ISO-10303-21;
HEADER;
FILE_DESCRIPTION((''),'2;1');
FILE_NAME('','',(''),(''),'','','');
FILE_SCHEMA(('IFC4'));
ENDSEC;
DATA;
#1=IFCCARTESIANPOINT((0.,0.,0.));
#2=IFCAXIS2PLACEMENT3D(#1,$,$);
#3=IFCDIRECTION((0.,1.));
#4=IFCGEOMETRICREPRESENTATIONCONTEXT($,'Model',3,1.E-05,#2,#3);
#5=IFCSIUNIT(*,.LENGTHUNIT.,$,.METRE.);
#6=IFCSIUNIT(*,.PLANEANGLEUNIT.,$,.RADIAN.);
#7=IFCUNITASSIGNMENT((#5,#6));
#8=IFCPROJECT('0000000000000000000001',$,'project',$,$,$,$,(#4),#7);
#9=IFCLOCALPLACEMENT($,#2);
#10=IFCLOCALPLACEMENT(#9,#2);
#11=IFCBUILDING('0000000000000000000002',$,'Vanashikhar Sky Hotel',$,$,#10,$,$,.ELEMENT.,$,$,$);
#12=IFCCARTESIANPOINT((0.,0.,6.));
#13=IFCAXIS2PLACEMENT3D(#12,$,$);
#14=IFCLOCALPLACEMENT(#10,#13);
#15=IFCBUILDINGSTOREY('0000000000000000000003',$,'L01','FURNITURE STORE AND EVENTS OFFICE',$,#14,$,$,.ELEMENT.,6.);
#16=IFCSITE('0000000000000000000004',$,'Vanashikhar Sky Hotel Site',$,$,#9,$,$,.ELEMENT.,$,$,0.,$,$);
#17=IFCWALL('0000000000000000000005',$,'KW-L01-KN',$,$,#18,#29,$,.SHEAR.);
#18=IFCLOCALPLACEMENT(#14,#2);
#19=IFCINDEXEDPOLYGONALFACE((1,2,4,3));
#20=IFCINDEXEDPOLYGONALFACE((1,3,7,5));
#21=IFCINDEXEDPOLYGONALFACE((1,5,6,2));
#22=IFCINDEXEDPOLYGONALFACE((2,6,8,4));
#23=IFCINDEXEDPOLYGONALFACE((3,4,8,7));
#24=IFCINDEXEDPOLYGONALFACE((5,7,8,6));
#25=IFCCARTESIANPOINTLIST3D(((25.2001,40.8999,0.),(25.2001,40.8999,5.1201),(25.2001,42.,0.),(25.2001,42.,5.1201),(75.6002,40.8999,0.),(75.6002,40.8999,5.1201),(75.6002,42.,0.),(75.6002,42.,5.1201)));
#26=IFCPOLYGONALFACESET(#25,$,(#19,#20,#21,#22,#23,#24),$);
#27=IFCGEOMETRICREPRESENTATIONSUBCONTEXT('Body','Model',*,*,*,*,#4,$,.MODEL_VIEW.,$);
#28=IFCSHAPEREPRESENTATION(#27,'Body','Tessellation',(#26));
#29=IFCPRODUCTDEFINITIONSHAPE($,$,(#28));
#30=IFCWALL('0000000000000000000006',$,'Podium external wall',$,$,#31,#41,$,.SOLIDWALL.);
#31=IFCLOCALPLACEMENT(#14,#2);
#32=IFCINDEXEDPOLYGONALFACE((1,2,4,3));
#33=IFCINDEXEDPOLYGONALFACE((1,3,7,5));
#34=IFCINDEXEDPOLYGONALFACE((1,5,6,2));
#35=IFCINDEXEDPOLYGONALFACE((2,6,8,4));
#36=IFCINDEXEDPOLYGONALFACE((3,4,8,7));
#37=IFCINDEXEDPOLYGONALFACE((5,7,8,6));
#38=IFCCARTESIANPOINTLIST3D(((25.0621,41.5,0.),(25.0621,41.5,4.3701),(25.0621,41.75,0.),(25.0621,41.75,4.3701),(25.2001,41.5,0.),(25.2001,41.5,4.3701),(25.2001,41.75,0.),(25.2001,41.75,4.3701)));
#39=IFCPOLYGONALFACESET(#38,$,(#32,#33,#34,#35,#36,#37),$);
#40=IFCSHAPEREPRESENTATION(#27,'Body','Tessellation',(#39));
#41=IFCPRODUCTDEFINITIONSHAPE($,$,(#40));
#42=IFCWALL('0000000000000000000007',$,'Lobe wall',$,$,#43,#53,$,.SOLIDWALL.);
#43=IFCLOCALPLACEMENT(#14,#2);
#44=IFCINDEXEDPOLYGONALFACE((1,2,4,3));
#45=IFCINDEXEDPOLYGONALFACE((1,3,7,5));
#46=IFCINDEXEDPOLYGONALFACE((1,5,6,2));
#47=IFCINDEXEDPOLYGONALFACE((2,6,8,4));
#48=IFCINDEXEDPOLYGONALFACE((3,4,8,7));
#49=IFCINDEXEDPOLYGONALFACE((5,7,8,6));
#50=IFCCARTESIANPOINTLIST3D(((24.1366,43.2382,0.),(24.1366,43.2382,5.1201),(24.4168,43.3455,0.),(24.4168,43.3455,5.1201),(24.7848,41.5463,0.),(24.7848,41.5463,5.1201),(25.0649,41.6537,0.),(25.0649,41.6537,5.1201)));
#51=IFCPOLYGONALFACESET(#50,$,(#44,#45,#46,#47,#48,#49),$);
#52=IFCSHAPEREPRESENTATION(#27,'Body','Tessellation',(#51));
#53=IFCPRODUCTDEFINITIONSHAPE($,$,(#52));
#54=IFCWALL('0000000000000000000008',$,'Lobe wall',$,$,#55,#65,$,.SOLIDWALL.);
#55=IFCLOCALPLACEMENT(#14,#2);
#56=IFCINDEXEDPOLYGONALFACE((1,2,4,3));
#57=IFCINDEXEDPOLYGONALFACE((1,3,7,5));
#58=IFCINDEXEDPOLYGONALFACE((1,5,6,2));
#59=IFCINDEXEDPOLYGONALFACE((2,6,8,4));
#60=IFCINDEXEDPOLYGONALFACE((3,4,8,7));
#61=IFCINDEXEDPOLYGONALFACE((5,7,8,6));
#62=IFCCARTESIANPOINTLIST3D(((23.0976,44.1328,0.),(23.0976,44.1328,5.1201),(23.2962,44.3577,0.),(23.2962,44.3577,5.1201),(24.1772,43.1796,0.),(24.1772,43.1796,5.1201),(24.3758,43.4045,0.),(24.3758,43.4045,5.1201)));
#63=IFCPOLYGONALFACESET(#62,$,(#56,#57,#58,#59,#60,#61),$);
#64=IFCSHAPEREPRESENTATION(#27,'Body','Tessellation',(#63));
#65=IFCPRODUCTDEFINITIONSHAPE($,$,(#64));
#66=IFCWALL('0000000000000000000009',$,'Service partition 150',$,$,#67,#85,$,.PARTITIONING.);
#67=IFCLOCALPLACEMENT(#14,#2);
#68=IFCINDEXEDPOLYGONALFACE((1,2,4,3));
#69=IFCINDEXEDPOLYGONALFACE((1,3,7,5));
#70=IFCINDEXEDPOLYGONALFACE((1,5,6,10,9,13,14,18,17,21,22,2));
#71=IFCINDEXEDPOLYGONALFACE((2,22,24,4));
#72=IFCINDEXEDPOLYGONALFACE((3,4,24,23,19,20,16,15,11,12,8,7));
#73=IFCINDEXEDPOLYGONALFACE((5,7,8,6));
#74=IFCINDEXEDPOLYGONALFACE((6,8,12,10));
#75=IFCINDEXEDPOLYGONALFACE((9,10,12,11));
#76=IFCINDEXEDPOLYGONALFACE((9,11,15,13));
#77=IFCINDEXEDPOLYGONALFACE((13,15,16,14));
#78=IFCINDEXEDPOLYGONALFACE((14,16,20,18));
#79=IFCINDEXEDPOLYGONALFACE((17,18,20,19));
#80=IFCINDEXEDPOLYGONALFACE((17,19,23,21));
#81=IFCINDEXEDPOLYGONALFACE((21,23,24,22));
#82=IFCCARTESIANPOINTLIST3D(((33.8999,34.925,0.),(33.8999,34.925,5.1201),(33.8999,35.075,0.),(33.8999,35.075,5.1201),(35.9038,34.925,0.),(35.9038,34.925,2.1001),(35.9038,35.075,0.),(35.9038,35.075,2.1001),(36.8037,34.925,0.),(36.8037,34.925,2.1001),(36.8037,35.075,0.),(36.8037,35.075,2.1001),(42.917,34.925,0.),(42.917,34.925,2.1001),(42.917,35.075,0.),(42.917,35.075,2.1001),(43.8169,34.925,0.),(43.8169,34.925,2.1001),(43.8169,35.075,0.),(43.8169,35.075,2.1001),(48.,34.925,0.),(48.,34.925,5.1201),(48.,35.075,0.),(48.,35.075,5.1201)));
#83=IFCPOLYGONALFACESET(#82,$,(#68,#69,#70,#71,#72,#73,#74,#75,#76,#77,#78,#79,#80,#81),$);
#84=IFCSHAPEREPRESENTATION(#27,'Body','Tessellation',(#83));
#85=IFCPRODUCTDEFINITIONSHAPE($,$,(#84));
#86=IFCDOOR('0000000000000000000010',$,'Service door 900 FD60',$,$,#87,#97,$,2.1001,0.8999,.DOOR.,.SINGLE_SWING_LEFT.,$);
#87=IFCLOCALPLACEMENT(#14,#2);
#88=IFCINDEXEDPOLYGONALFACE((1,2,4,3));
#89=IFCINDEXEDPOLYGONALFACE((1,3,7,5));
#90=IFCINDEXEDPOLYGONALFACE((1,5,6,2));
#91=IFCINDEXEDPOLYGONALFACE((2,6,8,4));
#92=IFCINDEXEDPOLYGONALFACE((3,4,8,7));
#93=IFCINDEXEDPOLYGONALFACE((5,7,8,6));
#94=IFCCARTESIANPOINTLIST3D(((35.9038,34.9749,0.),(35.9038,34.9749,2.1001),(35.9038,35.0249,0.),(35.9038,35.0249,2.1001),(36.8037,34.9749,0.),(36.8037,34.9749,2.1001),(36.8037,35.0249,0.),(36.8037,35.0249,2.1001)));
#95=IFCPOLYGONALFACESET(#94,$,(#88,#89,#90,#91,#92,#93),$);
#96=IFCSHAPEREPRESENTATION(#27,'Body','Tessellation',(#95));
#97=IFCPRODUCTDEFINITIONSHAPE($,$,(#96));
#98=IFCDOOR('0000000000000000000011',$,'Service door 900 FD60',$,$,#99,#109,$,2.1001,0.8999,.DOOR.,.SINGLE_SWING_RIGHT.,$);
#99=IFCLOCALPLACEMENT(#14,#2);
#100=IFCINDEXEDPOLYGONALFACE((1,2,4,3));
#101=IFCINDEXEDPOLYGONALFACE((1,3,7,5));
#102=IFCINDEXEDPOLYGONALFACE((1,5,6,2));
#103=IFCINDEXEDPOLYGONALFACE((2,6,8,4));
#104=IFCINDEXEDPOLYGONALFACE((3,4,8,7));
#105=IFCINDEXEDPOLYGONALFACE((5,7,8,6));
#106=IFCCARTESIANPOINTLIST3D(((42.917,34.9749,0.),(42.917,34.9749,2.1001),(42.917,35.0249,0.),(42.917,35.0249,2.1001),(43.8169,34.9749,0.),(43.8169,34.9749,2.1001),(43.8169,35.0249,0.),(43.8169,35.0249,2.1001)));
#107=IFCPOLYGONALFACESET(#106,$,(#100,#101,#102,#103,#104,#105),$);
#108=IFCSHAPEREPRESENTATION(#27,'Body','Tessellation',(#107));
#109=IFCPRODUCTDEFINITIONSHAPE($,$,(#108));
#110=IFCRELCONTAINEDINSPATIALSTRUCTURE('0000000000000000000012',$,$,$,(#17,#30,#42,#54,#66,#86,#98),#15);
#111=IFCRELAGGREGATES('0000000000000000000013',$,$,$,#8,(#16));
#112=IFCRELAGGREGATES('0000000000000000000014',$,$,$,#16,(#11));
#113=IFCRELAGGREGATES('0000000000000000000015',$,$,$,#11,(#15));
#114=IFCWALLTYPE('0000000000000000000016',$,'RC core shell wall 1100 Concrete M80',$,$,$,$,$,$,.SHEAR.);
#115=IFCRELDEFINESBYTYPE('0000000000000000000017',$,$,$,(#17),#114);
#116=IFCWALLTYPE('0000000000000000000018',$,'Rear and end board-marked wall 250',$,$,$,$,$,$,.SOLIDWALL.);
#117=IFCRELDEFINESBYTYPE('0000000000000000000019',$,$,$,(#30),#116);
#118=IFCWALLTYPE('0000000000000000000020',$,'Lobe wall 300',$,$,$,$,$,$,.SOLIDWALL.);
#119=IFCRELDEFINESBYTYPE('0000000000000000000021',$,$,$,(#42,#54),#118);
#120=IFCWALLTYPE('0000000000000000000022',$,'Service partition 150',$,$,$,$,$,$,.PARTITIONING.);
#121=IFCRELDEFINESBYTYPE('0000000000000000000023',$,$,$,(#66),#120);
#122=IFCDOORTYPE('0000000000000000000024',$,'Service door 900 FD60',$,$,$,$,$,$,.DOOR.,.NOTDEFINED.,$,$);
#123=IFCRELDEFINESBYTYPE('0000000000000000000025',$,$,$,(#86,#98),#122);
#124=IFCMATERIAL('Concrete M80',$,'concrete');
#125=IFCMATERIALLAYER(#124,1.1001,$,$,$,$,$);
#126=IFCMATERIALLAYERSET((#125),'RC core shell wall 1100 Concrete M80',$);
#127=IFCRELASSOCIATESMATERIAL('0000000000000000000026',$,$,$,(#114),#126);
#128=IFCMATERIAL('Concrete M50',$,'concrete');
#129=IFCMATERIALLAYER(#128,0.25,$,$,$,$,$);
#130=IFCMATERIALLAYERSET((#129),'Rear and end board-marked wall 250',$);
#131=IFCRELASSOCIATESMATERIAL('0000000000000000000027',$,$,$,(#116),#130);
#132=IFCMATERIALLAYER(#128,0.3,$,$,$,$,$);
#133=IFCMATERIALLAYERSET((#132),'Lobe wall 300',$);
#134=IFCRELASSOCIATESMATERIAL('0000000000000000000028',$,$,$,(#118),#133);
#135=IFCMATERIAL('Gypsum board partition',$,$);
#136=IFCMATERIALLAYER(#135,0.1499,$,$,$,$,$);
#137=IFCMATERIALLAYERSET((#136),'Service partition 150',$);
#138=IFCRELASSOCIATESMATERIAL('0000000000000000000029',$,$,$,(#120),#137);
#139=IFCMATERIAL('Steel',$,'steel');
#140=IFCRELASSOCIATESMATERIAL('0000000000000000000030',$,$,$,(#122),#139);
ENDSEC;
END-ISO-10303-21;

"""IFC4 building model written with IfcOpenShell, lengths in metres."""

from ifc_helpers import new_model, si_unit, direction, frame, frame_2d, origin, place, context, subcontext, project, spatial, rectangle, extrude, source, transform, mapped, material, layer, layer_set, type_object, element, fill, save


model = new_model("IFC4")

# Units and contexts
model_context = context("Model", 3, precision=1e-05, world=origin(), true_north=direction((0.0, 1.0)))
body_context = subcontext(model_context, "Body", "Model", "MODEL_VIEW")
ifc_project = project(units=[si_unit("LENGTHUNIT", "METRE"), si_unit("PLANEANGLEUNIT", "RADIAN")], contexts=[model_context])

# Site, building, storey
site_placement = place(None, origin())
site = spatial("IfcSite", under=ifc_project, at=site_placement, Name="Vanashikhar Sky Hotel Site", CompositionType="ELEMENT", RefElevation=0.0)
building_placement = place(site_placement, origin())
building = spatial("IfcBuilding", under=site, at=building_placement, Name="Vanashikhar Sky Hotel", CompositionType="ELEMENT")
storey_placement = place(building_placement, frame((0.0, 0.0, 6.0)))
storey = spatial("IfcBuildingStorey", under=building, at=storey_placement, Name="L01", Description="FURNITURE STORE AND EVENTS OFFICE", CompositionType="ELEMENT", Elevation=6.0)

# Walls
ifc_material_1 = material(Name="Concrete M80", Category="concrete")
ifc_layer_1 = layer(ifc_material_1, 1.1001)
ifc_layer_set_1 = layer_set([ifc_layer_1], Name="RC core shell wall 1100 Concrete M80")
wall_type_1 = type_object("IfcWallType", Name="RC core shell wall 1100 Concrete M80", PredefinedType="SHEAR", material=ifc_layer_set_1)
shared_shape_1 = source(origin(), body_context, "Body", "SweptSolid", [
    extrude(rectangle(XDim=50.4001, YDim=1.1001, at=frame_2d((25.2002, 0.0))), origin(), (0.0, 0.0, 1.0), 5.1201),
])
wall_1_placement = place(storey_placement, frame((25.2, 41.45, 0.0), z_axis=(0.0, 0.0, 1.0), x_axis=(1.0, 0.0, 0.0)))
element("IfcWall", 1, at=wall_1_placement, inside=storey, type_object=wall_type_1, Name="KW-L01-KN", PredefinedType="SHEAR", context=body_context, shape_type="MappedRepresentation", body=[
    mapped(shared_shape_1, transform((0.0, 0.0, 0.0), scale=1.0)),
])
ifc_material_2 = material(Name="Concrete M50", Category="concrete")
ifc_layer_2 = layer(ifc_material_2, 0.25)
ifc_layer_set_2 = layer_set([ifc_layer_2], Name="Rear and end board-marked wall 250")
wall_type_2 = type_object("IfcWallType", Name="Rear and end board-marked wall 250", PredefinedType="SOLIDWALL", material=ifc_layer_set_2)
shared_shape_2 = source(origin(), body_context, "Body", "SweptSolid", [
    extrude(rectangle(XDim=0.1379, YDim=0.25, at=frame_2d((0.0688, 0.0))), origin(), (0.0, 0.0, 1.0), 4.3701),
])
wall_2_placement = place(storey_placement, frame((25.2, 41.625, 0.0), z_axis=(0.0, 0.0, 1.0), x_axis=(-1.0, 0.0, 0.0)))
element("IfcWall", 2, at=wall_2_placement, inside=storey, type_object=wall_type_2, Name="Podium external wall", PredefinedType="SOLIDWALL", context=body_context, shape_type="MappedRepresentation", body=[
    mapped(shared_shape_2, transform((0.0, 0.0, 0.0), scale=1.0)),
])
ifc_layer_3 = layer(ifc_material_2, 0.3)
ifc_layer_set_3 = layer_set([ifc_layer_3], Name="Lobe wall 300")
wall_type_3 = type_object("IfcWallType", Name="Lobe wall 300", PredefinedType="SOLIDWALL", material=ifc_layer_set_3)
shared_shape_3 = source(origin(), body_context, "Body", "SweptSolid", [
    extrude(rectangle(XDim=1.8118, YDim=0.3, at=frame_2d((0.9058, 0.0))), origin(), (0.0, 0.0, 1.0), 5.1201),
])
wall_3_placement = place(storey_placement, frame((24.9248, 41.6001, 0.0), z_axis=(0.0, 0.0, 1.0), x_axis=(-0.35776, 0.933814, 0.0)))
element("IfcWall", 3, at=wall_3_placement, inside=storey, type_object=wall_type_3, Name="Lobe wall", PredefinedType="SOLIDWALL", context=body_context, shape_type="MappedRepresentation", body=[
    mapped(shared_shape_3, transform((0.0, 0.0, 0.0), scale=1.0)),
])
shared_shape_4 = source(origin(), body_context, "Body", "SweptSolid", [
    extrude(rectangle(XDim=1.4402, YDim=0.3, at=frame_2d((0.7202, 0.0))), origin(), (0.0, 0.0, 1.0), 5.1201),
])
wall_4_placement = place(storey_placement, frame((24.2766, 43.292, 0.0), z_axis=(0.0, 0.0, 1.0), x_axis=(-0.74965, 0.661835, 0.0)))
element("IfcWall", 4, at=wall_4_placement, inside=storey, type_object=wall_type_3, Name="Lobe wall", PredefinedType="SOLIDWALL", context=body_context, shape_type="MappedRepresentation", body=[
    mapped(shared_shape_4, transform((0.0, 0.0, 0.0), scale=1.0)),
])

# Wall, openings, doors
ifc_material_3 = material(Name="Gypsum board partition")
ifc_layer_4 = layer(ifc_material_3, 0.1499)
ifc_layer_set_4 = layer_set([ifc_layer_4], Name="Service partition 150")
wall_type_4 = type_object("IfcWallType", Name="Service partition 150", PredefinedType="PARTITIONING", material=ifc_layer_set_4)
shared_shape_5 = source(origin(), body_context, "Body", "SweptSolid", [
    extrude(rectangle(XDim=14.1001, YDim=0.1499, at=frame_2d((7.05, 0.0))), origin(), (0.0, 0.0, 1.0), 5.1201),
])
wall_5_placement = place(storey_placement, frame((33.8999, 35.0, 0.0), z_axis=(0.0, 0.0, 1.0), x_axis=(1.0, 0.0, 0.0)))
wall_5 = element("IfcWall", 5, at=wall_5_placement, inside=storey, type_object=wall_type_4, Name="Service partition 150", PredefinedType="PARTITIONING", context=body_context, shape_type="MappedRepresentation", body=[
    mapped(shared_shape_5, transform((0.0, 0.0, 0.0), scale=1.0)),
])
shared_shape_6 = source(origin(), body_context, "Body", "SweptSolid", [
    extrude(rectangle(XDim=0.8999, YDim=2.1001, at=frame_2d((0.45, 1.05))), frame((0.0, 0.085, 0.0), z_axis=(0.0, -1.0, 0.0), x_axis=(1.0, 0.0, 0.0)), (0.0, 0.0, 1.0), 0.1699),
])
opening_1_placement = place(wall_5_placement, frame((2.0039, 0.0, 0.0)))
opening_1 = element("IfcOpeningElement", 6, at=opening_1_placement, cuts=wall_5, PredefinedType="OPENING", context=body_context, shape_type="MappedRepresentation", body=[
    mapped(shared_shape_6, transform((0.0, 0.0, 0.0), scale=1.0)),
])
opening_2_placement = place(wall_5_placement, frame((9.0171, 0.0, 0.0)))
opening_2 = element("IfcOpeningElement", 7, at=opening_2_placement, cuts=wall_5, PredefinedType="OPENING", context=body_context, shape_type="MappedRepresentation", body=[
    mapped(shared_shape_6, transform((0.0, 0.0, 0.0), scale=1.0)),
])
ifc_material_4 = material(Name="Steel", Category="steel")
door_type_1 = type_object("IfcDoorType", Name="Service door 900 FD60", OperationType="NOTDEFINED", PredefinedType="DOOR", material=ifc_material_4)
shared_shape_7 = source(origin(), body_context, "Body", "SweptSolid", [
    extrude(rectangle(XDim=0.8999, YDim=2.1001, at=frame_2d((0.45, 1.05))), frame((0.0, 0.0249, 0.0), z_axis=(0.0, -1.0, 0.0), x_axis=(1.0, 0.0, 0.0)), (0.0, 0.0, 1.0), 0.05),
])
door_1_placement = place(opening_1_placement, origin())
door_1 = element("IfcDoor", 8, at=door_1_placement, inside=storey, type_object=door_type_1, Name="Service door 900 FD60", OperationType="SINGLE_SWING_LEFT", OverallHeight=2.1001, OverallWidth=0.8999, PredefinedType="DOOR", context=body_context, shape_type="MappedRepresentation", body=[
    mapped(shared_shape_7, transform((0.0, 0.0, 0.0), scale=1.0)),
])
fill(opening_1, door_1)
door_2_placement = place(opening_2_placement, origin())
door_2 = element("IfcDoor", 9, at=door_2_placement, inside=storey, type_object=door_type_1, Name="Service door 900 FD60", OperationType="SINGLE_SWING_RIGHT", OverallHeight=2.1001, OverallWidth=0.8999, PredefinedType="DOOR", context=body_context, shape_type="MappedRepresentation", body=[
    mapped(shared_shape_7, transform((0.0, 0.0, 0.0), scale=1.0)),
])
fill(opening_2, door_2)

save(model, "model.ifc")
